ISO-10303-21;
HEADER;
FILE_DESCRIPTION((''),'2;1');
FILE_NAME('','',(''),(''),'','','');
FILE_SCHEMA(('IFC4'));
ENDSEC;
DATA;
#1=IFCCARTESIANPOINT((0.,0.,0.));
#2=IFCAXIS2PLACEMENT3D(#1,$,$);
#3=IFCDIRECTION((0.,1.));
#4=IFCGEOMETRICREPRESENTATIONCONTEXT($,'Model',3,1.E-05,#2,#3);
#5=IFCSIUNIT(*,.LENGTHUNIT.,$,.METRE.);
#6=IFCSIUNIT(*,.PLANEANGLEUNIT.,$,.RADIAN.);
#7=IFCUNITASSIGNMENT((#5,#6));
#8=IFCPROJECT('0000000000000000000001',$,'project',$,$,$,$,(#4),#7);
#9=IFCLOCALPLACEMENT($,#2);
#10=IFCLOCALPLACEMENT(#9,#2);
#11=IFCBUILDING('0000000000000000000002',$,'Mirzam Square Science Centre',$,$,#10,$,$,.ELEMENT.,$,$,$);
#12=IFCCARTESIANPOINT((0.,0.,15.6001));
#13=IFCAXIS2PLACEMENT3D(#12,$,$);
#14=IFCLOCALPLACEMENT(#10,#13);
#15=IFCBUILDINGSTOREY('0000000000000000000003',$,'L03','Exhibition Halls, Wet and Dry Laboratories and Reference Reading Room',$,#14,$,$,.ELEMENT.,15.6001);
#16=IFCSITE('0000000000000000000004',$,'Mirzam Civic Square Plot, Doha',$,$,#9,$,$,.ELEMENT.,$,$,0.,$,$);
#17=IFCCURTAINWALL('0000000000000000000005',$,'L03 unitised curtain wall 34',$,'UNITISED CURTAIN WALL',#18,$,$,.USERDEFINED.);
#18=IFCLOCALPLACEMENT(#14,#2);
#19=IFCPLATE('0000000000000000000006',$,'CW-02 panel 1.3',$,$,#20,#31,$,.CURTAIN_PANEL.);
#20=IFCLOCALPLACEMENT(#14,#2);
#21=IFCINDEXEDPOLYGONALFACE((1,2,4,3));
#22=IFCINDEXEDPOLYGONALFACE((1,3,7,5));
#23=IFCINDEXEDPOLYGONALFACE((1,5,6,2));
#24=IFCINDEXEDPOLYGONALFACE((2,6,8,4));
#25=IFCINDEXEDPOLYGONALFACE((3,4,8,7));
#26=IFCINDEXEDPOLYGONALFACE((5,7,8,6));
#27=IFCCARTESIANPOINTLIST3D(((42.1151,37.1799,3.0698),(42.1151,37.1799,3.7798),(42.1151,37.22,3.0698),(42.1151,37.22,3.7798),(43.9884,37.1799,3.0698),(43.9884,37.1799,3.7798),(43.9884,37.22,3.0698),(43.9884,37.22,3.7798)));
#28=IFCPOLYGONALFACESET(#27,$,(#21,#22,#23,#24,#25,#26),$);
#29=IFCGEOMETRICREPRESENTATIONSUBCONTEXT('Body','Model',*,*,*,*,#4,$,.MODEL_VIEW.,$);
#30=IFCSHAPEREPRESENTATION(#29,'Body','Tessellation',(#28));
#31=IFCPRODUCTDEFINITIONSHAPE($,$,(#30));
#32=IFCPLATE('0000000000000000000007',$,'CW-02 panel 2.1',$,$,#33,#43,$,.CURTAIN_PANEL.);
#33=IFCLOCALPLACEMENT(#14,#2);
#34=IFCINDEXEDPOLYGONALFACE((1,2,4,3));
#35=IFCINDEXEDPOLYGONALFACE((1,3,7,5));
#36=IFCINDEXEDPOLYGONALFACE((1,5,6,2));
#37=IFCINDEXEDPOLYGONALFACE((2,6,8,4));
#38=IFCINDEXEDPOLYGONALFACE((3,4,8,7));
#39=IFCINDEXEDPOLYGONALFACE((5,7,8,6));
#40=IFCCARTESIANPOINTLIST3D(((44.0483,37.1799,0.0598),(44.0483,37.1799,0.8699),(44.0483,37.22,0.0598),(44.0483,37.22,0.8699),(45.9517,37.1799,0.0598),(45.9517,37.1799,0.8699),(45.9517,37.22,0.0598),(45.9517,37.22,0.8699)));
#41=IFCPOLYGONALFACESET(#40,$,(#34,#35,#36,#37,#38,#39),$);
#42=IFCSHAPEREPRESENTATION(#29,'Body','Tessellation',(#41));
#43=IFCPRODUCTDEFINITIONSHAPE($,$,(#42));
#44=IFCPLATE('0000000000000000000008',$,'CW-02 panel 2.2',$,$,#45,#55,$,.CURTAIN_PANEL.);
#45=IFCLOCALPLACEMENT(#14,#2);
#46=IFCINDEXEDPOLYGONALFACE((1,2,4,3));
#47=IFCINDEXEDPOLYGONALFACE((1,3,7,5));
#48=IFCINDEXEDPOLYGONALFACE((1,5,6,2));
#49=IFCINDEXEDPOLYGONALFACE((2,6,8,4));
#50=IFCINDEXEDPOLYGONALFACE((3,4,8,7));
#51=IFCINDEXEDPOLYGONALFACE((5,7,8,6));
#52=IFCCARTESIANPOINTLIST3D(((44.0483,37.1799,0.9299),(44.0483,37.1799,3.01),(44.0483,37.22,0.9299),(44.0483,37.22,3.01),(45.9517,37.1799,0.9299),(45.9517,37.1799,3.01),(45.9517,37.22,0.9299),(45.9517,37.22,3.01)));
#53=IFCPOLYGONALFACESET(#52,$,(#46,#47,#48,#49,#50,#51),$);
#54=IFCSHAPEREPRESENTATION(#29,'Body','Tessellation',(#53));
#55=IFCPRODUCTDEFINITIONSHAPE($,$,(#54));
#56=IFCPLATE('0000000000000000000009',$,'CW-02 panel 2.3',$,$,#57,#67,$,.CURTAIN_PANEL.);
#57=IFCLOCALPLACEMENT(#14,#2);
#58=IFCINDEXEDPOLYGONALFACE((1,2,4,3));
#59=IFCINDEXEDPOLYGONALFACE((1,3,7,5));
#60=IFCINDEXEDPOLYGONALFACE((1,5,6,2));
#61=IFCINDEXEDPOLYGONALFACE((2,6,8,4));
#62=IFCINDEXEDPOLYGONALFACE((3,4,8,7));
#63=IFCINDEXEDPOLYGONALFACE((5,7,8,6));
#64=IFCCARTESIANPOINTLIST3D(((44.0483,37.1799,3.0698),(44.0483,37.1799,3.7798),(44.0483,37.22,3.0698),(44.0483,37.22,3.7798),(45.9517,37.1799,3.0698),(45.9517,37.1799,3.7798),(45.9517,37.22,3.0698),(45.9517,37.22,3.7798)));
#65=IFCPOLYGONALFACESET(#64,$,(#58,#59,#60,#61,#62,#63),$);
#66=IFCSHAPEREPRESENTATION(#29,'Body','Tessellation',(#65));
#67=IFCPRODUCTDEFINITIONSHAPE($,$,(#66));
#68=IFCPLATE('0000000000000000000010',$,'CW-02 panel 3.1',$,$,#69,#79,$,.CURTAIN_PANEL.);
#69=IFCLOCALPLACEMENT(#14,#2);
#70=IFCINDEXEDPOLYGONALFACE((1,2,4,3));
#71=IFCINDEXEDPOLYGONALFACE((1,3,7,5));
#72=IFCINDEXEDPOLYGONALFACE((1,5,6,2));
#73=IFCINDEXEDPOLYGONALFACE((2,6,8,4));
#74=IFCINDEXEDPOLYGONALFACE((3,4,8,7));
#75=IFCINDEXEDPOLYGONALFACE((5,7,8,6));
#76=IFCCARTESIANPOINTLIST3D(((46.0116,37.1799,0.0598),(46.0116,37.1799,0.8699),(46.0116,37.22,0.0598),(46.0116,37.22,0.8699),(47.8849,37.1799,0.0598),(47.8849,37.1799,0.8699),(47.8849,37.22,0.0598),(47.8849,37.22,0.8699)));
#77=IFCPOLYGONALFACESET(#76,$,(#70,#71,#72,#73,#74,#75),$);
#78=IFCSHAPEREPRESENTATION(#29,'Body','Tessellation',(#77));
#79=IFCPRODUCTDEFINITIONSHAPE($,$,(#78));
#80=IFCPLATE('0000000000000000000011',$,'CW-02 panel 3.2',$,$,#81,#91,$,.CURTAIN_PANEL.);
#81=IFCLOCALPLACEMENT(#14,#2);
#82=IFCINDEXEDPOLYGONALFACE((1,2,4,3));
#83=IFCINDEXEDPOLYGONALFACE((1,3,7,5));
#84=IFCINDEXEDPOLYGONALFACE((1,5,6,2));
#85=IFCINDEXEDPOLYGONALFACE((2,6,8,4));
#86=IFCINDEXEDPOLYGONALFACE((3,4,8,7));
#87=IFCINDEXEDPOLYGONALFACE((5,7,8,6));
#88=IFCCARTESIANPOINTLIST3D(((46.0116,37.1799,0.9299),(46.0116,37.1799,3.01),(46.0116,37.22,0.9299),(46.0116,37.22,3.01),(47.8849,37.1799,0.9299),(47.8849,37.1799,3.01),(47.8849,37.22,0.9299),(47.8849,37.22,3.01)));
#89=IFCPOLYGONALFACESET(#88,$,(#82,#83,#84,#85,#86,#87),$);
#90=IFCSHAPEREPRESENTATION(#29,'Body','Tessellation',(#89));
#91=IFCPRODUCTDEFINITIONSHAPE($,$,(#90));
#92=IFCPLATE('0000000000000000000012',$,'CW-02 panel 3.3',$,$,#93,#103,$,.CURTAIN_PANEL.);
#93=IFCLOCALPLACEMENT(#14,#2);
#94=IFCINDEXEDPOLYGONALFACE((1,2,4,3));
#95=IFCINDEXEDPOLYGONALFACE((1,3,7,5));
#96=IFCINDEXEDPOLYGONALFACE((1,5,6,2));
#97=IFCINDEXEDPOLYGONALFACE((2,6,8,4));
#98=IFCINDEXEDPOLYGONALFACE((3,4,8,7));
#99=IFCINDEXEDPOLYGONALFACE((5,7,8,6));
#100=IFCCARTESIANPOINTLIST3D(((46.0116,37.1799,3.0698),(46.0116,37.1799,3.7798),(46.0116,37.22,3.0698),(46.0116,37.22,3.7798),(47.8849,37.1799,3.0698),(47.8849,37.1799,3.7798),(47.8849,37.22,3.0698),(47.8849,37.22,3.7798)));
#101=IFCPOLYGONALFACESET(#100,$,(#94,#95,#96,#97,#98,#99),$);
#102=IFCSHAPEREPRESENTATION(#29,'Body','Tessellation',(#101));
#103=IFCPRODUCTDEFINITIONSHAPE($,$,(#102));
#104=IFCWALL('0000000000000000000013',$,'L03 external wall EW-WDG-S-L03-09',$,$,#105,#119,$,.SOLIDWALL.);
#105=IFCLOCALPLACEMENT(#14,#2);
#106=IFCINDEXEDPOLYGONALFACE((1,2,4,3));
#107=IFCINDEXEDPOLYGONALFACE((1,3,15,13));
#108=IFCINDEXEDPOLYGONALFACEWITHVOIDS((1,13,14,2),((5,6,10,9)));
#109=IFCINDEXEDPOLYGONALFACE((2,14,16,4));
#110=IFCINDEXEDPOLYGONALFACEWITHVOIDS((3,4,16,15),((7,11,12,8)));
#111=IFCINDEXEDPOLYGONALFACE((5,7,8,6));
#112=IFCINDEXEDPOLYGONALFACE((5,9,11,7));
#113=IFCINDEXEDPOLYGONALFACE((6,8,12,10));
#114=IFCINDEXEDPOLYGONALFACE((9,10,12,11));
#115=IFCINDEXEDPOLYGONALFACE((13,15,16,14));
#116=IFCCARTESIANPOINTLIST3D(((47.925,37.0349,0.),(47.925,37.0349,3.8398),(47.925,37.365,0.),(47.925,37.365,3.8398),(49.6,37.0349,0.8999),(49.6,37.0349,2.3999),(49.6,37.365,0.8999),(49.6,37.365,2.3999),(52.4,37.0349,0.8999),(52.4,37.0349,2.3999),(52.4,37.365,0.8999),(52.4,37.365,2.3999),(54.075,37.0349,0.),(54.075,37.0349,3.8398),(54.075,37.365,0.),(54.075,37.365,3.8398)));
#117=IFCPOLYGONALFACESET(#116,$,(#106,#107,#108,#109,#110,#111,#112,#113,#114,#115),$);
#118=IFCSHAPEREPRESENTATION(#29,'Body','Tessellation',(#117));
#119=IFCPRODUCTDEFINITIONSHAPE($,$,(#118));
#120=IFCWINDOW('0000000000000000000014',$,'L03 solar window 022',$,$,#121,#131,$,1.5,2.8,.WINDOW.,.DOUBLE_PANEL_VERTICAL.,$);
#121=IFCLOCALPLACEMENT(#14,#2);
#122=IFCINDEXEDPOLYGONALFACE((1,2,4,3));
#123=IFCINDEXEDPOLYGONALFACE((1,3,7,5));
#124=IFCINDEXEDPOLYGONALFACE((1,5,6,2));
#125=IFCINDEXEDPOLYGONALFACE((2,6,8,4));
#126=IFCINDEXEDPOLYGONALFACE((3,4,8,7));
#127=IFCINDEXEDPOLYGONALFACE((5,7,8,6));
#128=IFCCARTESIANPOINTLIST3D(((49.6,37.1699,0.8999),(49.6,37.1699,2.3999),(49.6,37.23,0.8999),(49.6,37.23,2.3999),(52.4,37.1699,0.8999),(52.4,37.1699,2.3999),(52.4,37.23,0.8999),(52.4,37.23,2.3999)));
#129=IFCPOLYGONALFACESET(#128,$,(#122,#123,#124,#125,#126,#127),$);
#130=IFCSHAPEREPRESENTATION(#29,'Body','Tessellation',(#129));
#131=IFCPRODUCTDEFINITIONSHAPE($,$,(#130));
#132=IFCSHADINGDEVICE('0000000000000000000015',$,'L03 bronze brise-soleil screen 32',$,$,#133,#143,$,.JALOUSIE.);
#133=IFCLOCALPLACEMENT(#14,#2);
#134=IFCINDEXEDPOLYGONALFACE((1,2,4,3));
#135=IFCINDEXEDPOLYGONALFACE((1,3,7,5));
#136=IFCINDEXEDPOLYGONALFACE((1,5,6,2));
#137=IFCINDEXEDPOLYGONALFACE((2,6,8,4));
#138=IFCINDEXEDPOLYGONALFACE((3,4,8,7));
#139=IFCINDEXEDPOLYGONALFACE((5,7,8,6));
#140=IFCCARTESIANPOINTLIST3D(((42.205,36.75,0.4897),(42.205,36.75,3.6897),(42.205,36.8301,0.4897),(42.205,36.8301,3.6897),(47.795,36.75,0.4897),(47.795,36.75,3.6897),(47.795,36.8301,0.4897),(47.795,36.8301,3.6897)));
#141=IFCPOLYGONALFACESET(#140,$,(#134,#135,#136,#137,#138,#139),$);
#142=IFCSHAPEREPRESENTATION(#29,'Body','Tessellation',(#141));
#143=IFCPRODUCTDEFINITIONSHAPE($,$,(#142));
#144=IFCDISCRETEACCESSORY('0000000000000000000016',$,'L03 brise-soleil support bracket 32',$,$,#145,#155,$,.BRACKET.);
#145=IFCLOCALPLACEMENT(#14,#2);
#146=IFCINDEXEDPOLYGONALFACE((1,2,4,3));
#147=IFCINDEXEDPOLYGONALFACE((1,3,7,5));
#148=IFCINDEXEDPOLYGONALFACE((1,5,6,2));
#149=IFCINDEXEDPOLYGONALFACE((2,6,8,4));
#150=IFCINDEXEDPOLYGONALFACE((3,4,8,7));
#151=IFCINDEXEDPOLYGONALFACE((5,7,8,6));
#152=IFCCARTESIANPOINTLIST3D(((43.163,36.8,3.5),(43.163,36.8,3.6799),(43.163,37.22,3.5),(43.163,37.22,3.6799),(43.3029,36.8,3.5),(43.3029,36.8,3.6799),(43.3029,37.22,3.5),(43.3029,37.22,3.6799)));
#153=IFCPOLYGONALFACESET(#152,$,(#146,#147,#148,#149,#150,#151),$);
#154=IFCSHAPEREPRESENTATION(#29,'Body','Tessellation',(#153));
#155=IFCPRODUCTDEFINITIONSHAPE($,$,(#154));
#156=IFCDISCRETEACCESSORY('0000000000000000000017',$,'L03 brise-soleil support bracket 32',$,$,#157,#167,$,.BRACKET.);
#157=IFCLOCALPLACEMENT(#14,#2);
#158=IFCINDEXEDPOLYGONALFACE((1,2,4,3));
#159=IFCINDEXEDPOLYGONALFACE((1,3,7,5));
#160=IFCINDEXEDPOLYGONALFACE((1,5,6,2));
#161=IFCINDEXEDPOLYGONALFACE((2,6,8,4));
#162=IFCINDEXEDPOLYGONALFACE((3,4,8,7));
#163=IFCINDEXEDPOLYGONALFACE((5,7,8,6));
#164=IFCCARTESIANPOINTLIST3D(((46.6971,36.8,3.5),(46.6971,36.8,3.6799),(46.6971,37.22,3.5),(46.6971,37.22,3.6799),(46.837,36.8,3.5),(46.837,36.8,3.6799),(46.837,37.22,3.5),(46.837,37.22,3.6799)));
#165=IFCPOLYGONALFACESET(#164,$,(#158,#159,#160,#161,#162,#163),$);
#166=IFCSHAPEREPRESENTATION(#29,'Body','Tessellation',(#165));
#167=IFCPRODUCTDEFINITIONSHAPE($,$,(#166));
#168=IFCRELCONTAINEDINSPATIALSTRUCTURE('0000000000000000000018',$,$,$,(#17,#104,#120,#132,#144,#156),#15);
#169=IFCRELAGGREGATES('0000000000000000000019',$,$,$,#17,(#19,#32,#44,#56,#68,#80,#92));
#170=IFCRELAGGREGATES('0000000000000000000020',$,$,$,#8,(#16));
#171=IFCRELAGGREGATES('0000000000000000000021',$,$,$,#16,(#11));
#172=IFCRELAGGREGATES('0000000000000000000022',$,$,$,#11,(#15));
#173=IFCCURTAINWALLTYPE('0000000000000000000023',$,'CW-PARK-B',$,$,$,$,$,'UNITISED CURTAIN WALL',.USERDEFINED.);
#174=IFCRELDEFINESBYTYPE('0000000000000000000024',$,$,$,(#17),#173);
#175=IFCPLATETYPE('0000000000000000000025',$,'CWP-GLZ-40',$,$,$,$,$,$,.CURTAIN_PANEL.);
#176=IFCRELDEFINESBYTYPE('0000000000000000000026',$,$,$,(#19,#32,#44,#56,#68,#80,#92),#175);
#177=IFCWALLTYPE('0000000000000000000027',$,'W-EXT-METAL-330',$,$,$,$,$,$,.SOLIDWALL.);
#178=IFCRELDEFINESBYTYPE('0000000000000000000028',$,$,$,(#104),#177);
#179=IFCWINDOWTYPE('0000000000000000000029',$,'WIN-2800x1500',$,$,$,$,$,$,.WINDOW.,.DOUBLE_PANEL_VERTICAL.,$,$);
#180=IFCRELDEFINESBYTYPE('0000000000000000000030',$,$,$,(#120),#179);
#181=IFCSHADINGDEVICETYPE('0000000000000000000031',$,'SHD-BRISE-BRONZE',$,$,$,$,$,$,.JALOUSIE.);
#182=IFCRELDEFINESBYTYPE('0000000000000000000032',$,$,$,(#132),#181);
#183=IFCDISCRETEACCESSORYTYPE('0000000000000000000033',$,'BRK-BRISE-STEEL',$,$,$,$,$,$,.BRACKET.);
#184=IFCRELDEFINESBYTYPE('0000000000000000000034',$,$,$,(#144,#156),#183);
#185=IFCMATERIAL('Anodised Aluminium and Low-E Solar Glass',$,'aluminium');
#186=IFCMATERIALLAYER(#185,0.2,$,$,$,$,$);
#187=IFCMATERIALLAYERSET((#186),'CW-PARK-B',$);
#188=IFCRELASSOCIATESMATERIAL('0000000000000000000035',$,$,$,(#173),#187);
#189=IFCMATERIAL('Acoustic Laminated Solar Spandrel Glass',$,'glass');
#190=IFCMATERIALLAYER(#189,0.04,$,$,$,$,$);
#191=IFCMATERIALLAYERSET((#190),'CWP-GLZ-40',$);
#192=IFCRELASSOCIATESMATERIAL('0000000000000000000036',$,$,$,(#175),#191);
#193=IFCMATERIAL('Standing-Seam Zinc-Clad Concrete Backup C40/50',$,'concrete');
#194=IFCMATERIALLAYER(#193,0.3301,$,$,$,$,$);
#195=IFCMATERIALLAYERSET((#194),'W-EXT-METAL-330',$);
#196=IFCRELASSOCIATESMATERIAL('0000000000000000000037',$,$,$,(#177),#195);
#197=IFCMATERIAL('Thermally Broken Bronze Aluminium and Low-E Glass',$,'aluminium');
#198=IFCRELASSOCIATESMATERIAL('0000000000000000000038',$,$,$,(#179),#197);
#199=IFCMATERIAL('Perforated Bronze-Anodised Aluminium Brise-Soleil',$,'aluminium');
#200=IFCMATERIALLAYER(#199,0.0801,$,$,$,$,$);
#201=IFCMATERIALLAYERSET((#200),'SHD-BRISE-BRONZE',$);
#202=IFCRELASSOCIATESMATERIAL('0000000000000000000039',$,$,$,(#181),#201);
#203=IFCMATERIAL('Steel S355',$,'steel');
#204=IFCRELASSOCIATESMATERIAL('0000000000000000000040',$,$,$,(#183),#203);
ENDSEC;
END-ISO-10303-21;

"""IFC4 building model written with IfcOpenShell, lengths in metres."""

from ifc_helpers import new_model, si_unit, direction, frame, frame_2d, origin, origin_2d, place, context, subcontext, project, spatial, rectangle, extrude, material, layer, layer_set, type_object, element, fill, aggregate, save


model = new_model("IFC4")

# Units and contexts
model_context = context("Model", 3, precision=1e-05, world=origin(), true_north=direction((0.0, 1.0)))
body_context = subcontext(model_context, "Body", "Model", "MODEL_VIEW")
ifc_project = project(units=[si_unit("LENGTHUNIT", "METRE"), si_unit("PLANEANGLEUNIT", "RADIAN")], contexts=[model_context])

# Site, building, storey
site_placement = place(None, origin())
site = spatial("IfcSite", under=ifc_project, at=site_placement, Name="Mirzam Civic Square Plot, Doha", CompositionType="ELEMENT", RefElevation=0.0)
building_placement = place(site_placement, origin())
building = spatial("IfcBuilding", under=site, at=building_placement, Name="Mirzam Square Science Centre", CompositionType="ELEMENT")
storey_placement = place(building_placement, frame((0.0, 0.0, 15.6001)))
storey = spatial("IfcBuildingStorey", under=building, at=storey_placement, Name="L03", Description="Exhibition Halls, Wet and Dry Laboratories and Reference Reading Room", CompositionType="ELEMENT", Elevation=15.6001)

# Shared definitions
ifc_material_1 = material(Name="Steel S355", Category="steel")

# Curtain wall
ifc_material_2 = material(Name="Anodised Aluminium and Low-E Solar Glass", Category="aluminium")
ifc_layer_1 = layer(ifc_material_2, 0.2)
ifc_layer_set_1 = layer_set([ifc_layer_1], Name="CW-PARK-B")
curtain_wall_type = type_object("IfcCurtainWallType", Name="CW-PARK-B", ElementType="UNITISED CURTAIN WALL", PredefinedType="USERDEFINED", material=ifc_layer_set_1)
curtain_wall_placement = place(storey_placement, origin())
curtain_wall = element("IfcCurtainWall", 1, at=curtain_wall_placement, inside=storey, type_object=curtain_wall_type, Name="L03 unitised curtain wall 34", ObjectType="UNITISED CURTAIN WALL", PredefinedType="USERDEFINED")

# Plates
ifc_material_3 = material(Name="Acoustic Laminated Solar Spandrel Glass", Category="glass")
ifc_layer_2 = layer(ifc_material_3, 0.04)
ifc_layer_set_2 = layer_set([ifc_layer_2], Name="CWP-GLZ-40")
plate_type = type_object("IfcPlateType", Name="CWP-GLZ-40", PredefinedType="CURTAIN_PANEL", material=ifc_layer_set_2)
plate_1_placement = place(storey_placement, frame((43.0518, 37.2, 3.0698), z_axis=(0.0, 0.0, 1.0), x_axis=(1.0, 0.0, 0.0)))
plate_1 = element("IfcPlate", 2, at=plate_1_placement, type_object=plate_type, Name="CW-02 panel 1.3", PredefinedType="CURTAIN_PANEL", context=body_context, shape_type="SweptSolid", body=[
    extrude(rectangle(XDim=1.8733, YDim=0.04, at=origin_2d()), origin(), (0.0, 0.0, 1.0), 0.71),
])
plate_2_placement = place(storey_placement, frame((45.0, 37.2, 0.0598), z_axis=(0.0, 0.0, 1.0), x_axis=(1.0, 0.0, 0.0)))
plate_2 = element("IfcPlate", 3, at=plate_2_placement, type_object=plate_type, Name="CW-02 panel 2.1", PredefinedType="CURTAIN_PANEL", context=body_context, shape_type="SweptSolid", body=[
    extrude(rectangle(XDim=1.9033, YDim=0.04, at=origin_2d()), origin(), (0.0, 0.0, 1.0), 0.8101),
])
plate_3_placement = place(storey_placement, frame((45.0, 37.2, 0.9299), z_axis=(0.0, 0.0, 1.0), x_axis=(1.0, 0.0, 0.0)))
plate_3 = element("IfcPlate", 4, at=plate_3_placement, type_object=plate_type, Name="CW-02 panel 2.2", PredefinedType="CURTAIN_PANEL", context=body_context, shape_type="SweptSolid", body=[
    extrude(rectangle(XDim=1.9033, YDim=0.04, at=origin_2d()), origin(), (0.0, 0.0, 1.0), 2.0801),
])
plate_4_placement = place(storey_placement, frame((45.0, 37.2, 3.0698), z_axis=(0.0, 0.0, 1.0), x_axis=(1.0, 0.0, 0.0)))
plate_4 = element("IfcPlate", 5, at=plate_4_placement, type_object=plate_type, Name="CW-02 panel 2.3", PredefinedType="CURTAIN_PANEL", context=body_context, shape_type="SweptSolid", body=[
    extrude(rectangle(XDim=1.9033, YDim=0.04, at=origin_2d()), origin(), (0.0, 0.0, 1.0), 0.71),
])
plate_5_placement = place(storey_placement, frame((46.9482, 37.2, 0.0598), z_axis=(0.0, 0.0, 1.0), x_axis=(1.0, 0.0, 0.0)))
plate_5 = element("IfcPlate", 6, at=plate_5_placement, type_object=plate_type, Name="CW-02 panel 3.1", PredefinedType="CURTAIN_PANEL", context=body_context, shape_type="SweptSolid", body=[
    extrude(rectangle(XDim=1.8733, YDim=0.04, at=origin_2d()), origin(), (0.0, 0.0, 1.0), 0.8101),
])
plate_6_placement = place(storey_placement, frame((46.9482, 37.2, 0.9299), z_axis=(0.0, 0.0, 1.0), x_axis=(1.0, 0.0, 0.0)))
plate_6 = element("IfcPlate", 7, at=plate_6_placement, type_object=plate_type, Name="CW-02 panel 3.2", PredefinedType="CURTAIN_PANEL", context=body_context, shape_type="SweptSolid", body=[
    extrude(rectangle(XDim=1.8733, YDim=0.04, at=origin_2d()), origin(), (0.0, 0.0, 1.0), 2.0801),
])
plate_7_placement = place(storey_placement, frame((46.9482, 37.2, 3.0698), z_axis=(0.0, 0.0, 1.0), x_axis=(1.0, 0.0, 0.0)))
plate_7 = element("IfcPlate", 8, at=plate_7_placement, type_object=plate_type, Name="CW-02 panel 3.3", PredefinedType="CURTAIN_PANEL", context=body_context, shape_type="SweptSolid", body=[
    extrude(rectangle(XDim=1.8733, YDim=0.04, at=origin_2d()), origin(), (0.0, 0.0, 1.0), 0.71),
])
aggregate(curtain_wall, [plate_1, plate_2, plate_3, plate_4, plate_5, plate_6, plate_7])

# Wall, opening, window
ifc_material_4 = material(Name="Standing-Seam Zinc-Clad Concrete Backup C40/50", Category="concrete")
ifc_layer_3 = layer(ifc_material_4, 0.3301)
ifc_layer_set_3 = layer_set([ifc_layer_3], Name="W-EXT-METAL-330")
wall_type = type_object("IfcWallType", Name="W-EXT-METAL-330", PredefinedType="SOLIDWALL", material=ifc_layer_set_3)
wall_placement = place(storey_placement, frame((47.925, 37.2, 0.0), z_axis=(0.0, 0.0, 1.0), x_axis=(1.0, 0.0, 0.0)))
wall = element("IfcWall", 9, at=wall_placement, inside=storey, type_object=wall_type, Name="L03 external wall EW-WDG-S-L03-09", PredefinedType="SOLIDWALL", context=body_context, shape_type="SweptSolid", body=[
    extrude(rectangle(XDim=6.1499, YDim=0.3301, at=frame_2d((3.075, 0.0))), origin(), (0.0, 0.0, 1.0), 3.8398),
])
opening_placement = place(wall_placement, frame((1.675, 0.0, 0.8999)))
opening = element("IfcOpeningElement", 10, at=opening_placement, cuts=wall, PredefinedType="OPENING", context=body_context, shape_type="SweptSolid", body=[
    extrude(rectangle(XDim=2.8, YDim=1.5, at=frame_2d((1.3999, 0.75))), frame((0.0, 0.175, 0.0), z_axis=(0.0, -1.0, 0.0), x_axis=(1.0, 0.0, 0.0)), (0.0, 0.0, 1.0), 0.3501),
])
ifc_material_5 = material(Name="Thermally Broken Bronze Aluminium and Low-E Glass", Category="aluminium")
window_type = type_object("IfcWindowType", Name="WIN-2800x1500", PartitioningType="DOUBLE_PANEL_VERTICAL", PredefinedType="WINDOW", material=ifc_material_5)
window_placement = place(opening_placement, origin())
window = element("IfcWindow", 11, at=window_placement, inside=storey, type_object=window_type, Name="L03 solar window 022", OverallHeight=1.5, OverallWidth=2.8, PartitioningType="DOUBLE_PANEL_VERTICAL", PredefinedType="WINDOW", context=body_context, shape_type="SweptSolid", body=[
    extrude(rectangle(XDim=2.8, YDim=1.5, at=frame_2d((1.3999, 0.75))), frame((0.0, 0.03, 0.0), z_axis=(0.0, -1.0, 0.0), x_axis=(1.0, 0.0, 0.0)), (0.0, 0.0, 1.0), 0.0601),
])
fill(opening, window)

# Shading device
ifc_material_6 = material(Name="Perforated Bronze-Anodised Aluminium Brise-Soleil", Category="aluminium")
ifc_layer_4 = layer(ifc_material_6, 0.0801)
ifc_layer_set_4 = layer_set([ifc_layer_4], Name="SHD-BRISE-BRONZE")
shading_device_type = type_object("IfcShadingDeviceType", Name="SHD-BRISE-BRONZE", PredefinedType="JALOUSIE", material=ifc_layer_set_4)
shading_device_placement = place(storey_placement, frame((45.0, 36.79, 0.4897), z_axis=(0.0, 0.0, 1.0), x_axis=(1.0, 0.0, 0.0)))
element("IfcShadingDevice", 12, at=shading_device_placement, inside=storey, type_object=shading_device_type, Name="L03 bronze brise-soleil screen 32", PredefinedType="JALOUSIE", context=body_context, shape_type="SweptSolid", body=[
    extrude(rectangle(XDim=5.5901, YDim=0.0801, at=origin_2d()), origin(), (0.0, 0.0, 1.0), 3.2),
])

# Discrete accessories
discrete_accessory_type = type_object("IfcDiscreteAccessoryType", Name="BRK-BRISE-STEEL", PredefinedType="BRACKET", material=ifc_material_1)
for number, where, z_axis, x_axis, name in (
    (13, (43.2329, 37.01, 3.5), (0.0, 0.0, 1.0), (1.0, 0.0, 0.0), "L03 brise-soleil support bracket 32"),
    (14, (46.7671, 37.01, 3.5), (0.0, 0.0, 1.0), (1.0, 0.0, 0.0), "L03 brise-soleil support bracket 32"),
):
    element("IfcDiscreteAccessory", number, at=place(storey_placement, frame(where, z_axis=z_axis, x_axis=x_axis)), inside=storey, type_object=discrete_accessory_type, Name=name, PredefinedType="BRACKET", context=body_context, shape_type="SweptSolid", body=[
        extrude(rectangle(XDim=0.1399, YDim=0.4199, at=origin_2d()), origin(), (0.0, 0.0, 1.0), 0.1799),
    ])

save(model, "model.ifc")
